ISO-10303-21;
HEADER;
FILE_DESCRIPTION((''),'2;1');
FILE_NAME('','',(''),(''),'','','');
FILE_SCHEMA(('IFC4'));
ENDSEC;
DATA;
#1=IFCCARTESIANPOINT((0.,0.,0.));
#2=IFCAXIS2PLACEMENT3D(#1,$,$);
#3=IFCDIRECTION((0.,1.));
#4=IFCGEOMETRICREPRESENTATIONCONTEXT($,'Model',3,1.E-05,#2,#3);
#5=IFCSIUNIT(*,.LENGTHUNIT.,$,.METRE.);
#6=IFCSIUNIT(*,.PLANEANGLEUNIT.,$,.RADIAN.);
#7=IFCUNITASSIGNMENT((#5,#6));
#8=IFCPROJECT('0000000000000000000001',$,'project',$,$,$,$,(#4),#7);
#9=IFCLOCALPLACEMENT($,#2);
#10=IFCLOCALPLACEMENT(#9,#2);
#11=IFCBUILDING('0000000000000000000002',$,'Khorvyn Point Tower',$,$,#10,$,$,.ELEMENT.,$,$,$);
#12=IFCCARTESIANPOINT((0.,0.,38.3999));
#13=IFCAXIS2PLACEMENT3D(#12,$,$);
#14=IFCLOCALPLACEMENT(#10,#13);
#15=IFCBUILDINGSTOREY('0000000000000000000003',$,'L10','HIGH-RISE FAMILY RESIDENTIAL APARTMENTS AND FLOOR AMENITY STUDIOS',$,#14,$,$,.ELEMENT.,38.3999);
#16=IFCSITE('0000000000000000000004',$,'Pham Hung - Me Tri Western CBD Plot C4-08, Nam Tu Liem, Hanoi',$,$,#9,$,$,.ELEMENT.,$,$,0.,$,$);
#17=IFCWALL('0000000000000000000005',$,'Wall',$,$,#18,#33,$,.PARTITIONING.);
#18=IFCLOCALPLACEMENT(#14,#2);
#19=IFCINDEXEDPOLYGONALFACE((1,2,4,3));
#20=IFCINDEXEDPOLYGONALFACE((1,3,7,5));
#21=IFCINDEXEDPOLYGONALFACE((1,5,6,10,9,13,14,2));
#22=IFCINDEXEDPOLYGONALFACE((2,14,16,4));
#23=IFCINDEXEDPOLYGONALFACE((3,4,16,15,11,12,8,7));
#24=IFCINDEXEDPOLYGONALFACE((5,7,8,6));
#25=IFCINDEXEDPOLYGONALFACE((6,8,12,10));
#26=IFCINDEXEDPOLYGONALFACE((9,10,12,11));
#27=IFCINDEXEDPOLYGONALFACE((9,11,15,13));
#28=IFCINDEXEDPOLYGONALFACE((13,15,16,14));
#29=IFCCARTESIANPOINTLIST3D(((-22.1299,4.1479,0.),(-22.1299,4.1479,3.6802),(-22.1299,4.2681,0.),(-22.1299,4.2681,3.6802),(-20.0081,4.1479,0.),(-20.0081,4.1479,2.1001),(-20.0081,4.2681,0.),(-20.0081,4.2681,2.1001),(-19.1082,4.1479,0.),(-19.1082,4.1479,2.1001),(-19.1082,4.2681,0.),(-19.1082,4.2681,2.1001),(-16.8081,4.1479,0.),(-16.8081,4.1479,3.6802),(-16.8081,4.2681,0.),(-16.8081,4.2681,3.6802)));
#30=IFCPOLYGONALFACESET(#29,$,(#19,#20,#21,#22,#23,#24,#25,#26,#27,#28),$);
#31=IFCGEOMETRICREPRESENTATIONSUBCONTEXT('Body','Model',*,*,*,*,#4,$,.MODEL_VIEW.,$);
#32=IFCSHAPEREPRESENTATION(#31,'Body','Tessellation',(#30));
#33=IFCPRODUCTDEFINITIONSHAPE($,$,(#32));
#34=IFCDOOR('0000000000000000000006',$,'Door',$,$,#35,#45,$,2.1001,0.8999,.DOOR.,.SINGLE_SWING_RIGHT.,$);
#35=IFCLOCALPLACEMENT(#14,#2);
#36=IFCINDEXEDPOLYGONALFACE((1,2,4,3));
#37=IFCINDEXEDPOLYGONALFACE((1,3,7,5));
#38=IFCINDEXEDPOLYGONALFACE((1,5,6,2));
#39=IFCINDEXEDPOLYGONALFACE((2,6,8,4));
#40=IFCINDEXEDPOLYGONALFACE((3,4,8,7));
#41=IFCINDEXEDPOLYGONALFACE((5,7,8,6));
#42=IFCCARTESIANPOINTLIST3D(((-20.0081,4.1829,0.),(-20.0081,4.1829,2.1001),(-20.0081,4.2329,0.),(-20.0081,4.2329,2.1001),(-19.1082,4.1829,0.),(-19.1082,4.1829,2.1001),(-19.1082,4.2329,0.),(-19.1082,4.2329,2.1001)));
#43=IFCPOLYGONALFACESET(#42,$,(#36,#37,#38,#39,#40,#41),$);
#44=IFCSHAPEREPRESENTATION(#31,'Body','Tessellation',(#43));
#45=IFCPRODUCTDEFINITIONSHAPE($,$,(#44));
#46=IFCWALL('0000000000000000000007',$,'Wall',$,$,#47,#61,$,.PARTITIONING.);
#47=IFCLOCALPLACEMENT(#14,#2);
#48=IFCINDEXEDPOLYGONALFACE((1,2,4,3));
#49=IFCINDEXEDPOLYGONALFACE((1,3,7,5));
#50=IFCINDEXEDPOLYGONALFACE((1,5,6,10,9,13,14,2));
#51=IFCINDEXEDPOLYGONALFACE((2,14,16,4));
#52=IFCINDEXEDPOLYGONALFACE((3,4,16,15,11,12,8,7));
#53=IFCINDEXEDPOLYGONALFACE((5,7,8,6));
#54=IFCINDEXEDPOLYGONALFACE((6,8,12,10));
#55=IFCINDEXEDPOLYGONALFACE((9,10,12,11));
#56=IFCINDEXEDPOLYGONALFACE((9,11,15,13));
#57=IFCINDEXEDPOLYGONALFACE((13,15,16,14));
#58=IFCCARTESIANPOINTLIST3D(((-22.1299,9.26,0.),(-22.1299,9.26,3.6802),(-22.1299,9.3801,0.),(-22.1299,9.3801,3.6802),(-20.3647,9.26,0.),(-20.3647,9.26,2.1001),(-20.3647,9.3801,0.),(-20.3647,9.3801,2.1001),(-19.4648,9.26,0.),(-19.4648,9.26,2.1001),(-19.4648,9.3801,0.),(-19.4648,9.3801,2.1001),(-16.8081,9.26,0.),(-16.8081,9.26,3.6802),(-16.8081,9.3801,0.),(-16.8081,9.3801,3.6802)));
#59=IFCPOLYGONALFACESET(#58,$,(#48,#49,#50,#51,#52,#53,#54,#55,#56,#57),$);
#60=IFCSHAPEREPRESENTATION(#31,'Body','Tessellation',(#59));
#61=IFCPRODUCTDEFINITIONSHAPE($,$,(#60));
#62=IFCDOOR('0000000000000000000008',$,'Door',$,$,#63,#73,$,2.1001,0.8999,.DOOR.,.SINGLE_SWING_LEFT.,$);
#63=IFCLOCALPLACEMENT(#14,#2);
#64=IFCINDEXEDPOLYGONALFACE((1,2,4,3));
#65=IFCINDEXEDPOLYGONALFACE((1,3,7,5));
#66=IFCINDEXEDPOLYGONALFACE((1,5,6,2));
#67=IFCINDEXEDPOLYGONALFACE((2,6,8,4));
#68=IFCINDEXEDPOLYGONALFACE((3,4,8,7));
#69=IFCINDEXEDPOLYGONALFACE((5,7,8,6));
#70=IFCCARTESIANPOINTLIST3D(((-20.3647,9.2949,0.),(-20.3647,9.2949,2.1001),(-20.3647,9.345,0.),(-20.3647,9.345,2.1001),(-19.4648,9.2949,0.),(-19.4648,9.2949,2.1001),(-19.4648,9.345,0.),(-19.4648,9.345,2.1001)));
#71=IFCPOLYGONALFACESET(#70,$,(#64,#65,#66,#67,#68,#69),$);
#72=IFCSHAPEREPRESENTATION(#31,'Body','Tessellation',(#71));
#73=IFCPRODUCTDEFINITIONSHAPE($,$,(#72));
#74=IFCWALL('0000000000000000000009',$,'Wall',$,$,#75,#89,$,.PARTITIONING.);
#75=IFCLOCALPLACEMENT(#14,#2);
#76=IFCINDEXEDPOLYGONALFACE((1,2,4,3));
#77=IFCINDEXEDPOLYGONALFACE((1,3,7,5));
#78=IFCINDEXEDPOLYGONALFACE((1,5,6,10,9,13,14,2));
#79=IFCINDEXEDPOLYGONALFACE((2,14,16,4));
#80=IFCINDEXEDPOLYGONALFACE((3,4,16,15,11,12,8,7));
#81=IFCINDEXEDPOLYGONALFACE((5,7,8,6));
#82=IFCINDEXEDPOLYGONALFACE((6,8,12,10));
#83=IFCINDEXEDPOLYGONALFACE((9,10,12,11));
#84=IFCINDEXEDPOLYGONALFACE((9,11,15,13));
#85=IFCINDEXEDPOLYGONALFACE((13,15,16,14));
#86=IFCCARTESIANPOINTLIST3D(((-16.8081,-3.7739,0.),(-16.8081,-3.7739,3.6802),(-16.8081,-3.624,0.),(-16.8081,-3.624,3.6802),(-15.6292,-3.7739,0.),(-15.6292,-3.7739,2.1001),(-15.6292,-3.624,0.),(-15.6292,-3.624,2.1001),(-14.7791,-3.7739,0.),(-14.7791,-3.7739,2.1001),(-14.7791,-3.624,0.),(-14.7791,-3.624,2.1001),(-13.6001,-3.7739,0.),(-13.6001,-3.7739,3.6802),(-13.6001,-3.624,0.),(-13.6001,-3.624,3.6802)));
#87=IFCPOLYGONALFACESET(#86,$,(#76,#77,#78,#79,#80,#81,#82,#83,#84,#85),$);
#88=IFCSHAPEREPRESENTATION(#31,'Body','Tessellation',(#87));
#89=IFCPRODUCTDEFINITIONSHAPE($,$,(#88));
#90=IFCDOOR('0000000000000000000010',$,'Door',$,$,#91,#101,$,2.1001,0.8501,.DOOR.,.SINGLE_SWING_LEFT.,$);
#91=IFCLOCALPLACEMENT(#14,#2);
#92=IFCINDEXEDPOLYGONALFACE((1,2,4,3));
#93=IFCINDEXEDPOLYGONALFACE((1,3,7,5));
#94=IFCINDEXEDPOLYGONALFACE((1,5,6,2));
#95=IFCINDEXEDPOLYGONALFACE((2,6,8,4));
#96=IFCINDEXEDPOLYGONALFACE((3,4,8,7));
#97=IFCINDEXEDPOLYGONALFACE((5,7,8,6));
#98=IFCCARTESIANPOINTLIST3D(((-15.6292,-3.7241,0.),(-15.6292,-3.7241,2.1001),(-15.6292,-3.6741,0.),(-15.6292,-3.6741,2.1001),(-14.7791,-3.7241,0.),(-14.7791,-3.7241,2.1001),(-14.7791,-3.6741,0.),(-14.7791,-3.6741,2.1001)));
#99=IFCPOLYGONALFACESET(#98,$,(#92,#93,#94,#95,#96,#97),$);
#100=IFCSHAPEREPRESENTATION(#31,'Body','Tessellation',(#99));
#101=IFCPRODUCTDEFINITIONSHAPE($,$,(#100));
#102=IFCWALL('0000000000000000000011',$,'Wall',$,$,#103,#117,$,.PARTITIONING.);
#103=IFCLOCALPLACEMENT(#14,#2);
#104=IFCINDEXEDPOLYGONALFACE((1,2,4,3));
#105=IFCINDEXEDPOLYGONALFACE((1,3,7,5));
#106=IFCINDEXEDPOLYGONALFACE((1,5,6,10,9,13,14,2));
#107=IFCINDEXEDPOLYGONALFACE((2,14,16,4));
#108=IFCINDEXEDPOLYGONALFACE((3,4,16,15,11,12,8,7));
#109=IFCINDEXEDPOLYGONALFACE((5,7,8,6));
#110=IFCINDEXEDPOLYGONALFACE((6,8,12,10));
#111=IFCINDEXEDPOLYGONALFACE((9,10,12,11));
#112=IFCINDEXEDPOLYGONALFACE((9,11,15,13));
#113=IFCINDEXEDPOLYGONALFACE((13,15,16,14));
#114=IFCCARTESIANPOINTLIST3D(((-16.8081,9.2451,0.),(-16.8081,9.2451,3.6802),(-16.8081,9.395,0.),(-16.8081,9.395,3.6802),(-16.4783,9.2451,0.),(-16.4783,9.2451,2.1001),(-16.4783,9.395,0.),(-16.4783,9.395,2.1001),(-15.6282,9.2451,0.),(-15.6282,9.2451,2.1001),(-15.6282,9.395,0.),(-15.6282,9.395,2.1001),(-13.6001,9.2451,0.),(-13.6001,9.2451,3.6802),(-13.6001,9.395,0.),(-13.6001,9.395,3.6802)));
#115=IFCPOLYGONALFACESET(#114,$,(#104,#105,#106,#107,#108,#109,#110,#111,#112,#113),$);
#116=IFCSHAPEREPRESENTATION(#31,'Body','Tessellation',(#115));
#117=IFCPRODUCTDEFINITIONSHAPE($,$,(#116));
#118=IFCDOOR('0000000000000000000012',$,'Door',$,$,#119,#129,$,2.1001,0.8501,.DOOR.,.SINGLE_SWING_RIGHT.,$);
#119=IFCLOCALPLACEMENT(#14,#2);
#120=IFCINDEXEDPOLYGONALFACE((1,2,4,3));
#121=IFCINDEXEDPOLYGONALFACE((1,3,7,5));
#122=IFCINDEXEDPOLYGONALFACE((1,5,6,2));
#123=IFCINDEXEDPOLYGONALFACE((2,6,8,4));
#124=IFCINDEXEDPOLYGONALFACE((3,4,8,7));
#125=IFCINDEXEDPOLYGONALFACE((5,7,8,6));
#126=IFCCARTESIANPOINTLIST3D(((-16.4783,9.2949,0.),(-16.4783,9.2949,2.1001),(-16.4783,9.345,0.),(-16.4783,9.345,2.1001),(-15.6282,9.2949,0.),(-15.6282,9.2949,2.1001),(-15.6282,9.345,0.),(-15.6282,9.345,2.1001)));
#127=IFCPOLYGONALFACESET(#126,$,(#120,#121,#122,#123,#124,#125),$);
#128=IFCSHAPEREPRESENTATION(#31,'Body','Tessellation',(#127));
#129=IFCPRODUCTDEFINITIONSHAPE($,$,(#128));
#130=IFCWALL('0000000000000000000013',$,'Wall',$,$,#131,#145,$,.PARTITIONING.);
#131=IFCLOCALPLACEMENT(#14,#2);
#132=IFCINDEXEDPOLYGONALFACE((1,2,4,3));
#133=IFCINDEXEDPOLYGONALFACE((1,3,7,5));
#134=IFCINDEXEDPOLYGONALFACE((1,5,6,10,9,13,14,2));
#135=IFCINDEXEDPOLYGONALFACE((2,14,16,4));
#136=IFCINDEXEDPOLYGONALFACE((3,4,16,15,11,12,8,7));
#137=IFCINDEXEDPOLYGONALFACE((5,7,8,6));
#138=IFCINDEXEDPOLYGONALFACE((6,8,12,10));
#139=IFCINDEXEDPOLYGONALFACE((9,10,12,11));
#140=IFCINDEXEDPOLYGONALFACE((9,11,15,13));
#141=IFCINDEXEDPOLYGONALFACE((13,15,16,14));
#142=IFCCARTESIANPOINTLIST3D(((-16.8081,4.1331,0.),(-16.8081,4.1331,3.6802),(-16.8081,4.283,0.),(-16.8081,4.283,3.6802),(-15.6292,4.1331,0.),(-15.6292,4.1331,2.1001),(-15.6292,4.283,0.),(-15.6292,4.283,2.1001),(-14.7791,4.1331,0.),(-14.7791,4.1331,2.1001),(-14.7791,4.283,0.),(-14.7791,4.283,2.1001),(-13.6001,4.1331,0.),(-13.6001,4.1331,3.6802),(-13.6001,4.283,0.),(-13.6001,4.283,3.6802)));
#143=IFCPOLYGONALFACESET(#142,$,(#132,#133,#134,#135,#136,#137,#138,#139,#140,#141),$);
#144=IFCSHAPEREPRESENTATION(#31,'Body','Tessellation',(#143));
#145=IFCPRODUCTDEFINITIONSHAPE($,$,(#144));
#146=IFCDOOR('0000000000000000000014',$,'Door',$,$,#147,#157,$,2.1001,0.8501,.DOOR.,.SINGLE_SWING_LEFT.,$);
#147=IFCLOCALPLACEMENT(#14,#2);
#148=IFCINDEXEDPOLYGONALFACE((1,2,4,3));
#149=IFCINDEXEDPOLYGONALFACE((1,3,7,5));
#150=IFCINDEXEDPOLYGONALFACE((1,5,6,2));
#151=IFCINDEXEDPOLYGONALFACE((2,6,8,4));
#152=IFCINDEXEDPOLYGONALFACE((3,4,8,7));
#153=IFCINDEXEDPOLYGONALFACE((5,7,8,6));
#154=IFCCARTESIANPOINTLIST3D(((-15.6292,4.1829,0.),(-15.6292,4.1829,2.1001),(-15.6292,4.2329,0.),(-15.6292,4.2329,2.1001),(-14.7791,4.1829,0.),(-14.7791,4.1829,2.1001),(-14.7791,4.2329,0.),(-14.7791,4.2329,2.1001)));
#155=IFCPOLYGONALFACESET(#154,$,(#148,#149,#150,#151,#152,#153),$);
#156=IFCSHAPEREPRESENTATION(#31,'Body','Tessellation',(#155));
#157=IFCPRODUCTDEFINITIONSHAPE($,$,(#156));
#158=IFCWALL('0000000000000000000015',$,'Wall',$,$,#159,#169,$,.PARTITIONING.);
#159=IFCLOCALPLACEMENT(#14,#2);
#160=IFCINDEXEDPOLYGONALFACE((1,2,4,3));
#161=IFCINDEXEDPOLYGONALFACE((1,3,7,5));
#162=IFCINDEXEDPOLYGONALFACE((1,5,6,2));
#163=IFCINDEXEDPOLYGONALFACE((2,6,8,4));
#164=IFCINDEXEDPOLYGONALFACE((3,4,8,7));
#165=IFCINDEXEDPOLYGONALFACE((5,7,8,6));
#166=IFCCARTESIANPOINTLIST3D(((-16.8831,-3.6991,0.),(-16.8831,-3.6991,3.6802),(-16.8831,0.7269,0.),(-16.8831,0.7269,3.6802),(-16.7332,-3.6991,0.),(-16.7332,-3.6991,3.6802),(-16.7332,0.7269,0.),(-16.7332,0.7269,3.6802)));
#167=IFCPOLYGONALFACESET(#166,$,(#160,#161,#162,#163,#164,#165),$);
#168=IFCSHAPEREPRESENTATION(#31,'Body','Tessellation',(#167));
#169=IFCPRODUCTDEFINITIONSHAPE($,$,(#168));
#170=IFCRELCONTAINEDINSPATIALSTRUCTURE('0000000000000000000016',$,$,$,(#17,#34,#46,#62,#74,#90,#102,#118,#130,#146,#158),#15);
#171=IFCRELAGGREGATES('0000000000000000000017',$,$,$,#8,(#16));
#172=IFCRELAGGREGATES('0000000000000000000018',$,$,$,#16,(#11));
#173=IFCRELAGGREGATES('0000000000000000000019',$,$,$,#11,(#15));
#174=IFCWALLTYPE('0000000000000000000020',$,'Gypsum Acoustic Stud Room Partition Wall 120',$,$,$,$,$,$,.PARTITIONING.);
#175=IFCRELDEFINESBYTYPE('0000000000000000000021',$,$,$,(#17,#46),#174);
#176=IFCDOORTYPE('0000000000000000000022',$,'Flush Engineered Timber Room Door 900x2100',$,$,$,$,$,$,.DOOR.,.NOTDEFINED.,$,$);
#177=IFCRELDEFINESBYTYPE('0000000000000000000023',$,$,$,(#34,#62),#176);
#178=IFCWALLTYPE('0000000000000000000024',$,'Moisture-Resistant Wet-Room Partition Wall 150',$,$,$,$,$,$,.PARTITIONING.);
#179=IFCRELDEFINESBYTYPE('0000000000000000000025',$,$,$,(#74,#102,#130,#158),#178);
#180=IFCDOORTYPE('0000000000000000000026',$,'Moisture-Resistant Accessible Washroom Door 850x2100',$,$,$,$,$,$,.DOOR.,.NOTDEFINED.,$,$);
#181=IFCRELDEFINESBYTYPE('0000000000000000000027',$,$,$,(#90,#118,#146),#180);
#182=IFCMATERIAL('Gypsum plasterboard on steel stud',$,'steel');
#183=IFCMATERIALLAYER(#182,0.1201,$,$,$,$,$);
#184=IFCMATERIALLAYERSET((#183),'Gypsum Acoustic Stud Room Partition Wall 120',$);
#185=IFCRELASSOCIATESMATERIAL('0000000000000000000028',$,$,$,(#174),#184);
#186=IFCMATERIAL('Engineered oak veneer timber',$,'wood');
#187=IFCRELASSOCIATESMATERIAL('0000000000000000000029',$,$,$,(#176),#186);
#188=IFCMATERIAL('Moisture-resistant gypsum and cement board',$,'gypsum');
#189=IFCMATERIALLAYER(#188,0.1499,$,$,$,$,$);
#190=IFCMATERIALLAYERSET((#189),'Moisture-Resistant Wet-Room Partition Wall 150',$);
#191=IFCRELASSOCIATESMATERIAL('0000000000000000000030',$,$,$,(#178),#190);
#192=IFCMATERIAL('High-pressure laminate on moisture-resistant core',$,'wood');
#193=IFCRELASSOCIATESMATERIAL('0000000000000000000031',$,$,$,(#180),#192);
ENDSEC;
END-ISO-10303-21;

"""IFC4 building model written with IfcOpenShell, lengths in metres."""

from ifc_helpers import new_model, si_unit, direction, frame, frame_2d, origin, place, context, subcontext, project, spatial, rectangle, extrude, material, layer, layer_set, type_object, element, fill, save


model = new_model("IFC4")

# Units and contexts
model_context = context("Model", 3, precision=1e-05, world=origin(), true_north=direction((0.0, 1.0)))
body_context = subcontext(model_context, "Body", "Model", "MODEL_VIEW")
ifc_project = project(units=[si_unit("LENGTHUNIT", "METRE"), si_unit("PLANEANGLEUNIT", "RADIAN")], contexts=[model_context])

# Site, building, storey
site_placement = place(None, origin())
site = spatial("IfcSite", under=ifc_project, at=site_placement, Name="Pham Hung - Me Tri Western CBD Plot C4-08, Nam Tu Liem, Hanoi", CompositionType="ELEMENT", RefElevation=0.0)
building_placement = place(site_placement, origin())
building = spatial("IfcBuilding", under=site, at=building_placement, Name="Khorvyn Point Tower", CompositionType="ELEMENT")
storey_placement = place(building_placement, frame((0.0, 0.0, 38.3999)))
storey = spatial("IfcBuildingStorey", under=building, at=storey_placement, Name="L10", Description="HIGH-RISE FAMILY RESIDENTIAL APARTMENTS AND FLOOR AMENITY STUDIOS", CompositionType="ELEMENT", Elevation=38.3999)

# Walls, openings, doors
ifc_material_1 = material(Name="Gypsum plasterboard on steel stud", Category="steel")
ifc_layer_1 = layer(ifc_material_1, 0.1201)
ifc_layer_set_1 = layer_set([ifc_layer_1], Name="Gypsum Acoustic Stud Room Partition Wall 120")
wall_type_1 = type_object("IfcWallType", Name="Gypsum Acoustic Stud Room Partition Wall 120", PredefinedType="PARTITIONING", material=ifc_layer_set_1)
ifc_material_2 = material(Name="Engineered oak veneer timber", Category="wood")
door_type_1 = type_object("IfcDoorType", Name="Flush Engineered Timber Room Door 900x2100", OperationType="NOTDEFINED", PredefinedType="DOOR", material=ifc_material_2)
wall_1_placement = place(storey_placement, frame((-22.1299, 4.208, 0.0), z_axis=(0.0, 0.0, 1.0), x_axis=(1.0, 0.0, 0.0)))
wall_1 = element("IfcWall", 1, at=wall_1_placement, inside=storey, type_object=wall_type_1, Name="Wall", PredefinedType="PARTITIONING", context=body_context, shape_type="SweptSolid", body=[
    extrude(rectangle(XDim=5.3218, YDim=0.1201, at=frame_2d((2.6609, 0.0))), origin(), (0.0, 0.0, 1.0), 3.6802),
])
opening_1_placement = place(wall_1_placement, frame((2.1218, 0.0, 0.0)))
opening_1 = element("IfcOpeningElement", 2, at=opening_1_placement, cuts=wall_1, PredefinedType="OPENING", context=body_context, shape_type="SweptSolid", body=[
    extrude(rectangle(XDim=0.8999, YDim=2.1001, at=frame_2d((0.45, 1.05))), frame((0.0, 0.0701, 0.0), z_axis=(0.0, -1.0, 0.0), x_axis=(1.0, 0.0, 0.0)), (0.0, 0.0, 1.0), 0.1401),
])
door_1_placement = place(opening_1_placement, origin())
door_1 = element("IfcDoor", 3, at=door_1_placement, inside=storey, type_object=door_type_1, Name="Door", OperationType="SINGLE_SWING_RIGHT", OverallHeight=2.1001, OverallWidth=0.8999, PredefinedType="DOOR", context=body_context, shape_type="SweptSolid", body=[
    extrude(rectangle(XDim=0.8999, YDim=2.1001, at=frame_2d((0.45, 1.05))), frame((0.0, 0.0249, 0.0), z_axis=(0.0, -1.0, 0.0), x_axis=(1.0, 0.0, 0.0)), (0.0, 0.0, 1.0), 0.05),
])
fill(opening_1, door_1)
wall_2_placement = place(storey_placement, frame((-22.1299, 9.3201, 0.0), z_axis=(0.0, 0.0, 1.0), x_axis=(1.0, 0.0, 0.0)))
wall_2 = element("IfcWall", 4, at=wall_2_placement, inside=storey, type_object=wall_type_1, Name="Wall", PredefinedType="PARTITIONING", context=body_context, shape_type="SweptSolid", body=[
    extrude(rectangle(XDim=5.3218, YDim=0.1201, at=frame_2d((2.6609, 0.0))), origin(), (0.0, 0.0, 1.0), 3.6802),
])
opening_2_placement = place(wall_2_placement, frame((1.7651, 0.0, 0.0)))
opening_2 = element("IfcOpeningElement", 5, at=opening_2_placement, cuts=wall_2, PredefinedType="OPENING", context=body_context, shape_type="SweptSolid", body=[
    extrude(rectangle(XDim=0.8999, YDim=2.1001, at=frame_2d((0.45, 1.05))), frame((0.0, 0.0701, 0.0), z_axis=(0.0, -1.0, 0.0), x_axis=(1.0, 0.0, 0.0)), (0.0, 0.0, 1.0), 0.1401),
])
door_2_placement = place(opening_2_placement, origin())
door_2 = element("IfcDoor", 6, at=door_2_placement, inside=storey, type_object=door_type_1, Name="Door", OperationType="SINGLE_SWING_LEFT", OverallHeight=2.1001, OverallWidth=0.8999, PredefinedType="DOOR", context=body_context, shape_type="SweptSolid", body=[
    extrude(rectangle(XDim=0.8999, YDim=2.1001, at=frame_2d((0.45, 1.05))), frame((0.0, 0.0249, 0.0), z_axis=(0.0, -1.0, 0.0), x_axis=(1.0, 0.0, 0.0)), (0.0, 0.0, 1.0), 0.05),
])
fill(opening_2, door_2)
ifc_material_3 = material(Name="Moisture-resistant gypsum and cement board", Category="gypsum")
ifc_layer_2 = layer(ifc_material_3, 0.1499)
ifc_layer_set_2 = layer_set([ifc_layer_2], Name="Moisture-Resistant Wet-Room Partition Wall 150")
wall_type_2 = type_object("IfcWallType", Name="Moisture-Resistant Wet-Room Partition Wall 150", PredefinedType="PARTITIONING", material=ifc_layer_set_2)
wall_3_placement = place(storey_placement, frame((-16.8081, -3.699, 0.0), z_axis=(0.0, 0.0, 1.0), x_axis=(1.0, 0.0, 0.0)))
wall_3 = element("IfcWall", 7, at=wall_3_placement, inside=storey, type_object=wall_type_2, Name="Wall", PredefinedType="PARTITIONING", context=body_context, shape_type="SweptSolid", body=[
    extrude(rectangle(XDim=3.208, YDim=0.1499, at=frame_2d((1.604, 0.0))), origin(), (0.0, 0.0, 1.0), 3.6802),
])
opening_3_placement = place(wall_3_placement, frame((1.179, 0.0, 0.0)))
opening_3 = element("IfcOpeningElement", 8, at=opening_3_placement, cuts=wall_3, PredefinedType="OPENING", context=body_context, shape_type="SweptSolid", body=[
    extrude(rectangle(XDim=0.8501, YDim=2.1001, at=frame_2d((0.425, 1.05))), frame((0.0, 0.085, 0.0), z_axis=(0.0, -1.0, 0.0), x_axis=(1.0, 0.0, 0.0)), (0.0, 0.0, 1.0), 0.1699),
])
ifc_material_4 = material(Name="High-pressure laminate on moisture-resistant core", Category="wood")
door_type_2 = type_object("IfcDoorType", Name="Moisture-Resistant Accessible Washroom Door 850x2100", OperationType="NOTDEFINED", PredefinedType="DOOR", material=ifc_material_4)
door_3_placement = place(opening_3_placement, origin())
door_3 = element("IfcDoor", 9, at=door_3_placement, inside=storey, type_object=door_type_2, Name="Door", OperationType="SINGLE_SWING_LEFT", OverallHeight=2.1001, OverallWidth=0.8501, PredefinedType="DOOR", context=body_context, shape_type="SweptSolid", body=[
    extrude(rectangle(XDim=0.8501, YDim=2.1001, at=frame_2d((0.425, 1.05))), frame((0.0, 0.0249, 0.0), z_axis=(0.0, -1.0, 0.0), x_axis=(1.0, 0.0, 0.0)), (0.0, 0.0, 1.0), 0.05),
])
fill(opening_3, door_3)
wall_4_placement = place(storey_placement, frame((-16.8081, 9.3201, 0.0), z_axis=(0.0, 0.0, 1.0), x_axis=(1.0, 0.0, 0.0)))
wall_4 = element("IfcWall", 10, at=wall_4_placement, inside=storey, type_object=wall_type_2, Name="Wall", PredefinedType="PARTITIONING", context=body_context, shape_type="SweptSolid", body=[
    extrude(rectangle(XDim=3.208, YDim=0.1499, at=frame_2d((1.604, 0.0))), origin(), (0.0, 0.0, 1.0), 3.6802),
])
opening_4_placement = place(wall_4_placement, frame((0.3298, 0.0, 0.0)))
opening_4 = element("IfcOpeningElement", 11, at=opening_4_placement, cuts=wall_4, PredefinedType="OPENING", context=body_context, shape_type="SweptSolid", body=[
    extrude(rectangle(XDim=0.8501, YDim=2.1001, at=frame_2d((0.425, 1.05))), frame((0.0, 0.085, 0.0), z_axis=(0.0, -1.0, 0.0), x_axis=(1.0, 0.0, 0.0)), (0.0, 0.0, 1.0), 0.1699),
])
door_4_placement = place(opening_4_placement, origin())
door_4 = element("IfcDoor", 12, at=door_4_placement, inside=storey, type_object=door_type_2, Name="Door", OperationType="SINGLE_SWING_RIGHT", OverallHeight=2.1001, OverallWidth=0.8501, PredefinedType="DOOR", context=body_context, shape_type="SweptSolid", body=[
    extrude(rectangle(XDim=0.8501, YDim=2.1001, at=frame_2d((0.425, 1.05))), frame((0.0, 0.0249, 0.0), z_axis=(0.0, -1.0, 0.0), x_axis=(1.0, 0.0, 0.0)), (0.0, 0.0, 1.0), 0.05),
])
fill(opening_4, door_4)
wall_5_placement = place(storey_placement, frame((-16.8081, 4.208, 0.0), z_axis=(0.0, 0.0, 1.0), x_axis=(1.0, 0.0, 0.0)))
wall_5 = element("IfcWall", 13, at=wall_5_placement, inside=storey, type_object=wall_type_2, Name="Wall", PredefinedType="PARTITIONING", context=body_context, shape_type="SweptSolid", body=[
    extrude(rectangle(XDim=3.208, YDim=0.1499, at=frame_2d((1.604, 0.0))), origin(), (0.0, 0.0, 1.0), 3.6802),
])
opening_5_placement = place(wall_5_placement, frame((1.179, 0.0, 0.0)))
opening_5 = element("IfcOpeningElement", 14, at=opening_5_placement, cuts=wall_5, PredefinedType="OPENING", context=body_context, shape_type="SweptSolid", body=[
    extrude(rectangle(XDim=0.8501, YDim=2.1001, at=frame_2d((0.425, 1.05))), frame((0.0, 0.085, 0.0), z_axis=(0.0, -1.0, 0.0), x_axis=(1.0, 0.0, 0.0)), (0.0, 0.0, 1.0), 0.1699),
])
door_5_placement = place(opening_5_placement, origin())
door_5 = element("IfcDoor", 15, at=door_5_placement, inside=storey, type_object=door_type_2, Name="Door", OperationType="SINGLE_SWING_LEFT", OverallHeight=2.1001, OverallWidth=0.8501, PredefinedType="DOOR", context=body_context, shape_type="SweptSolid", body=[
    extrude(rectangle(XDim=0.8501, YDim=2.1001, at=frame_2d((0.425, 1.05))), frame((0.0, 0.0249, 0.0), z_axis=(0.0, -1.0, 0.0), x_axis=(1.0, 0.0, 0.0)), (0.0, 0.0, 1.0), 0.05),
])
fill(opening_5, door_5)

# Wall
wall_6_placement = place(storey_placement, frame((-16.8081, -3.699, 0.0), z_axis=(0.0, 0.0, 1.0), x_axis=(0.0, 1.0, 0.0)))
element("IfcWall", 16, at=wall_6_placement, inside=storey, type_object=wall_type_2, Name="Wall", PredefinedType="PARTITIONING", context=body_context, shape_type="SweptSolid", body=[
    extrude(rectangle(XDim=4.426, YDim=0.1499, at=frame_2d((2.2129, 0.0))), origin(), (0.0, 0.0, 1.0), 3.6802),
])

save(model, "model.ifc")
